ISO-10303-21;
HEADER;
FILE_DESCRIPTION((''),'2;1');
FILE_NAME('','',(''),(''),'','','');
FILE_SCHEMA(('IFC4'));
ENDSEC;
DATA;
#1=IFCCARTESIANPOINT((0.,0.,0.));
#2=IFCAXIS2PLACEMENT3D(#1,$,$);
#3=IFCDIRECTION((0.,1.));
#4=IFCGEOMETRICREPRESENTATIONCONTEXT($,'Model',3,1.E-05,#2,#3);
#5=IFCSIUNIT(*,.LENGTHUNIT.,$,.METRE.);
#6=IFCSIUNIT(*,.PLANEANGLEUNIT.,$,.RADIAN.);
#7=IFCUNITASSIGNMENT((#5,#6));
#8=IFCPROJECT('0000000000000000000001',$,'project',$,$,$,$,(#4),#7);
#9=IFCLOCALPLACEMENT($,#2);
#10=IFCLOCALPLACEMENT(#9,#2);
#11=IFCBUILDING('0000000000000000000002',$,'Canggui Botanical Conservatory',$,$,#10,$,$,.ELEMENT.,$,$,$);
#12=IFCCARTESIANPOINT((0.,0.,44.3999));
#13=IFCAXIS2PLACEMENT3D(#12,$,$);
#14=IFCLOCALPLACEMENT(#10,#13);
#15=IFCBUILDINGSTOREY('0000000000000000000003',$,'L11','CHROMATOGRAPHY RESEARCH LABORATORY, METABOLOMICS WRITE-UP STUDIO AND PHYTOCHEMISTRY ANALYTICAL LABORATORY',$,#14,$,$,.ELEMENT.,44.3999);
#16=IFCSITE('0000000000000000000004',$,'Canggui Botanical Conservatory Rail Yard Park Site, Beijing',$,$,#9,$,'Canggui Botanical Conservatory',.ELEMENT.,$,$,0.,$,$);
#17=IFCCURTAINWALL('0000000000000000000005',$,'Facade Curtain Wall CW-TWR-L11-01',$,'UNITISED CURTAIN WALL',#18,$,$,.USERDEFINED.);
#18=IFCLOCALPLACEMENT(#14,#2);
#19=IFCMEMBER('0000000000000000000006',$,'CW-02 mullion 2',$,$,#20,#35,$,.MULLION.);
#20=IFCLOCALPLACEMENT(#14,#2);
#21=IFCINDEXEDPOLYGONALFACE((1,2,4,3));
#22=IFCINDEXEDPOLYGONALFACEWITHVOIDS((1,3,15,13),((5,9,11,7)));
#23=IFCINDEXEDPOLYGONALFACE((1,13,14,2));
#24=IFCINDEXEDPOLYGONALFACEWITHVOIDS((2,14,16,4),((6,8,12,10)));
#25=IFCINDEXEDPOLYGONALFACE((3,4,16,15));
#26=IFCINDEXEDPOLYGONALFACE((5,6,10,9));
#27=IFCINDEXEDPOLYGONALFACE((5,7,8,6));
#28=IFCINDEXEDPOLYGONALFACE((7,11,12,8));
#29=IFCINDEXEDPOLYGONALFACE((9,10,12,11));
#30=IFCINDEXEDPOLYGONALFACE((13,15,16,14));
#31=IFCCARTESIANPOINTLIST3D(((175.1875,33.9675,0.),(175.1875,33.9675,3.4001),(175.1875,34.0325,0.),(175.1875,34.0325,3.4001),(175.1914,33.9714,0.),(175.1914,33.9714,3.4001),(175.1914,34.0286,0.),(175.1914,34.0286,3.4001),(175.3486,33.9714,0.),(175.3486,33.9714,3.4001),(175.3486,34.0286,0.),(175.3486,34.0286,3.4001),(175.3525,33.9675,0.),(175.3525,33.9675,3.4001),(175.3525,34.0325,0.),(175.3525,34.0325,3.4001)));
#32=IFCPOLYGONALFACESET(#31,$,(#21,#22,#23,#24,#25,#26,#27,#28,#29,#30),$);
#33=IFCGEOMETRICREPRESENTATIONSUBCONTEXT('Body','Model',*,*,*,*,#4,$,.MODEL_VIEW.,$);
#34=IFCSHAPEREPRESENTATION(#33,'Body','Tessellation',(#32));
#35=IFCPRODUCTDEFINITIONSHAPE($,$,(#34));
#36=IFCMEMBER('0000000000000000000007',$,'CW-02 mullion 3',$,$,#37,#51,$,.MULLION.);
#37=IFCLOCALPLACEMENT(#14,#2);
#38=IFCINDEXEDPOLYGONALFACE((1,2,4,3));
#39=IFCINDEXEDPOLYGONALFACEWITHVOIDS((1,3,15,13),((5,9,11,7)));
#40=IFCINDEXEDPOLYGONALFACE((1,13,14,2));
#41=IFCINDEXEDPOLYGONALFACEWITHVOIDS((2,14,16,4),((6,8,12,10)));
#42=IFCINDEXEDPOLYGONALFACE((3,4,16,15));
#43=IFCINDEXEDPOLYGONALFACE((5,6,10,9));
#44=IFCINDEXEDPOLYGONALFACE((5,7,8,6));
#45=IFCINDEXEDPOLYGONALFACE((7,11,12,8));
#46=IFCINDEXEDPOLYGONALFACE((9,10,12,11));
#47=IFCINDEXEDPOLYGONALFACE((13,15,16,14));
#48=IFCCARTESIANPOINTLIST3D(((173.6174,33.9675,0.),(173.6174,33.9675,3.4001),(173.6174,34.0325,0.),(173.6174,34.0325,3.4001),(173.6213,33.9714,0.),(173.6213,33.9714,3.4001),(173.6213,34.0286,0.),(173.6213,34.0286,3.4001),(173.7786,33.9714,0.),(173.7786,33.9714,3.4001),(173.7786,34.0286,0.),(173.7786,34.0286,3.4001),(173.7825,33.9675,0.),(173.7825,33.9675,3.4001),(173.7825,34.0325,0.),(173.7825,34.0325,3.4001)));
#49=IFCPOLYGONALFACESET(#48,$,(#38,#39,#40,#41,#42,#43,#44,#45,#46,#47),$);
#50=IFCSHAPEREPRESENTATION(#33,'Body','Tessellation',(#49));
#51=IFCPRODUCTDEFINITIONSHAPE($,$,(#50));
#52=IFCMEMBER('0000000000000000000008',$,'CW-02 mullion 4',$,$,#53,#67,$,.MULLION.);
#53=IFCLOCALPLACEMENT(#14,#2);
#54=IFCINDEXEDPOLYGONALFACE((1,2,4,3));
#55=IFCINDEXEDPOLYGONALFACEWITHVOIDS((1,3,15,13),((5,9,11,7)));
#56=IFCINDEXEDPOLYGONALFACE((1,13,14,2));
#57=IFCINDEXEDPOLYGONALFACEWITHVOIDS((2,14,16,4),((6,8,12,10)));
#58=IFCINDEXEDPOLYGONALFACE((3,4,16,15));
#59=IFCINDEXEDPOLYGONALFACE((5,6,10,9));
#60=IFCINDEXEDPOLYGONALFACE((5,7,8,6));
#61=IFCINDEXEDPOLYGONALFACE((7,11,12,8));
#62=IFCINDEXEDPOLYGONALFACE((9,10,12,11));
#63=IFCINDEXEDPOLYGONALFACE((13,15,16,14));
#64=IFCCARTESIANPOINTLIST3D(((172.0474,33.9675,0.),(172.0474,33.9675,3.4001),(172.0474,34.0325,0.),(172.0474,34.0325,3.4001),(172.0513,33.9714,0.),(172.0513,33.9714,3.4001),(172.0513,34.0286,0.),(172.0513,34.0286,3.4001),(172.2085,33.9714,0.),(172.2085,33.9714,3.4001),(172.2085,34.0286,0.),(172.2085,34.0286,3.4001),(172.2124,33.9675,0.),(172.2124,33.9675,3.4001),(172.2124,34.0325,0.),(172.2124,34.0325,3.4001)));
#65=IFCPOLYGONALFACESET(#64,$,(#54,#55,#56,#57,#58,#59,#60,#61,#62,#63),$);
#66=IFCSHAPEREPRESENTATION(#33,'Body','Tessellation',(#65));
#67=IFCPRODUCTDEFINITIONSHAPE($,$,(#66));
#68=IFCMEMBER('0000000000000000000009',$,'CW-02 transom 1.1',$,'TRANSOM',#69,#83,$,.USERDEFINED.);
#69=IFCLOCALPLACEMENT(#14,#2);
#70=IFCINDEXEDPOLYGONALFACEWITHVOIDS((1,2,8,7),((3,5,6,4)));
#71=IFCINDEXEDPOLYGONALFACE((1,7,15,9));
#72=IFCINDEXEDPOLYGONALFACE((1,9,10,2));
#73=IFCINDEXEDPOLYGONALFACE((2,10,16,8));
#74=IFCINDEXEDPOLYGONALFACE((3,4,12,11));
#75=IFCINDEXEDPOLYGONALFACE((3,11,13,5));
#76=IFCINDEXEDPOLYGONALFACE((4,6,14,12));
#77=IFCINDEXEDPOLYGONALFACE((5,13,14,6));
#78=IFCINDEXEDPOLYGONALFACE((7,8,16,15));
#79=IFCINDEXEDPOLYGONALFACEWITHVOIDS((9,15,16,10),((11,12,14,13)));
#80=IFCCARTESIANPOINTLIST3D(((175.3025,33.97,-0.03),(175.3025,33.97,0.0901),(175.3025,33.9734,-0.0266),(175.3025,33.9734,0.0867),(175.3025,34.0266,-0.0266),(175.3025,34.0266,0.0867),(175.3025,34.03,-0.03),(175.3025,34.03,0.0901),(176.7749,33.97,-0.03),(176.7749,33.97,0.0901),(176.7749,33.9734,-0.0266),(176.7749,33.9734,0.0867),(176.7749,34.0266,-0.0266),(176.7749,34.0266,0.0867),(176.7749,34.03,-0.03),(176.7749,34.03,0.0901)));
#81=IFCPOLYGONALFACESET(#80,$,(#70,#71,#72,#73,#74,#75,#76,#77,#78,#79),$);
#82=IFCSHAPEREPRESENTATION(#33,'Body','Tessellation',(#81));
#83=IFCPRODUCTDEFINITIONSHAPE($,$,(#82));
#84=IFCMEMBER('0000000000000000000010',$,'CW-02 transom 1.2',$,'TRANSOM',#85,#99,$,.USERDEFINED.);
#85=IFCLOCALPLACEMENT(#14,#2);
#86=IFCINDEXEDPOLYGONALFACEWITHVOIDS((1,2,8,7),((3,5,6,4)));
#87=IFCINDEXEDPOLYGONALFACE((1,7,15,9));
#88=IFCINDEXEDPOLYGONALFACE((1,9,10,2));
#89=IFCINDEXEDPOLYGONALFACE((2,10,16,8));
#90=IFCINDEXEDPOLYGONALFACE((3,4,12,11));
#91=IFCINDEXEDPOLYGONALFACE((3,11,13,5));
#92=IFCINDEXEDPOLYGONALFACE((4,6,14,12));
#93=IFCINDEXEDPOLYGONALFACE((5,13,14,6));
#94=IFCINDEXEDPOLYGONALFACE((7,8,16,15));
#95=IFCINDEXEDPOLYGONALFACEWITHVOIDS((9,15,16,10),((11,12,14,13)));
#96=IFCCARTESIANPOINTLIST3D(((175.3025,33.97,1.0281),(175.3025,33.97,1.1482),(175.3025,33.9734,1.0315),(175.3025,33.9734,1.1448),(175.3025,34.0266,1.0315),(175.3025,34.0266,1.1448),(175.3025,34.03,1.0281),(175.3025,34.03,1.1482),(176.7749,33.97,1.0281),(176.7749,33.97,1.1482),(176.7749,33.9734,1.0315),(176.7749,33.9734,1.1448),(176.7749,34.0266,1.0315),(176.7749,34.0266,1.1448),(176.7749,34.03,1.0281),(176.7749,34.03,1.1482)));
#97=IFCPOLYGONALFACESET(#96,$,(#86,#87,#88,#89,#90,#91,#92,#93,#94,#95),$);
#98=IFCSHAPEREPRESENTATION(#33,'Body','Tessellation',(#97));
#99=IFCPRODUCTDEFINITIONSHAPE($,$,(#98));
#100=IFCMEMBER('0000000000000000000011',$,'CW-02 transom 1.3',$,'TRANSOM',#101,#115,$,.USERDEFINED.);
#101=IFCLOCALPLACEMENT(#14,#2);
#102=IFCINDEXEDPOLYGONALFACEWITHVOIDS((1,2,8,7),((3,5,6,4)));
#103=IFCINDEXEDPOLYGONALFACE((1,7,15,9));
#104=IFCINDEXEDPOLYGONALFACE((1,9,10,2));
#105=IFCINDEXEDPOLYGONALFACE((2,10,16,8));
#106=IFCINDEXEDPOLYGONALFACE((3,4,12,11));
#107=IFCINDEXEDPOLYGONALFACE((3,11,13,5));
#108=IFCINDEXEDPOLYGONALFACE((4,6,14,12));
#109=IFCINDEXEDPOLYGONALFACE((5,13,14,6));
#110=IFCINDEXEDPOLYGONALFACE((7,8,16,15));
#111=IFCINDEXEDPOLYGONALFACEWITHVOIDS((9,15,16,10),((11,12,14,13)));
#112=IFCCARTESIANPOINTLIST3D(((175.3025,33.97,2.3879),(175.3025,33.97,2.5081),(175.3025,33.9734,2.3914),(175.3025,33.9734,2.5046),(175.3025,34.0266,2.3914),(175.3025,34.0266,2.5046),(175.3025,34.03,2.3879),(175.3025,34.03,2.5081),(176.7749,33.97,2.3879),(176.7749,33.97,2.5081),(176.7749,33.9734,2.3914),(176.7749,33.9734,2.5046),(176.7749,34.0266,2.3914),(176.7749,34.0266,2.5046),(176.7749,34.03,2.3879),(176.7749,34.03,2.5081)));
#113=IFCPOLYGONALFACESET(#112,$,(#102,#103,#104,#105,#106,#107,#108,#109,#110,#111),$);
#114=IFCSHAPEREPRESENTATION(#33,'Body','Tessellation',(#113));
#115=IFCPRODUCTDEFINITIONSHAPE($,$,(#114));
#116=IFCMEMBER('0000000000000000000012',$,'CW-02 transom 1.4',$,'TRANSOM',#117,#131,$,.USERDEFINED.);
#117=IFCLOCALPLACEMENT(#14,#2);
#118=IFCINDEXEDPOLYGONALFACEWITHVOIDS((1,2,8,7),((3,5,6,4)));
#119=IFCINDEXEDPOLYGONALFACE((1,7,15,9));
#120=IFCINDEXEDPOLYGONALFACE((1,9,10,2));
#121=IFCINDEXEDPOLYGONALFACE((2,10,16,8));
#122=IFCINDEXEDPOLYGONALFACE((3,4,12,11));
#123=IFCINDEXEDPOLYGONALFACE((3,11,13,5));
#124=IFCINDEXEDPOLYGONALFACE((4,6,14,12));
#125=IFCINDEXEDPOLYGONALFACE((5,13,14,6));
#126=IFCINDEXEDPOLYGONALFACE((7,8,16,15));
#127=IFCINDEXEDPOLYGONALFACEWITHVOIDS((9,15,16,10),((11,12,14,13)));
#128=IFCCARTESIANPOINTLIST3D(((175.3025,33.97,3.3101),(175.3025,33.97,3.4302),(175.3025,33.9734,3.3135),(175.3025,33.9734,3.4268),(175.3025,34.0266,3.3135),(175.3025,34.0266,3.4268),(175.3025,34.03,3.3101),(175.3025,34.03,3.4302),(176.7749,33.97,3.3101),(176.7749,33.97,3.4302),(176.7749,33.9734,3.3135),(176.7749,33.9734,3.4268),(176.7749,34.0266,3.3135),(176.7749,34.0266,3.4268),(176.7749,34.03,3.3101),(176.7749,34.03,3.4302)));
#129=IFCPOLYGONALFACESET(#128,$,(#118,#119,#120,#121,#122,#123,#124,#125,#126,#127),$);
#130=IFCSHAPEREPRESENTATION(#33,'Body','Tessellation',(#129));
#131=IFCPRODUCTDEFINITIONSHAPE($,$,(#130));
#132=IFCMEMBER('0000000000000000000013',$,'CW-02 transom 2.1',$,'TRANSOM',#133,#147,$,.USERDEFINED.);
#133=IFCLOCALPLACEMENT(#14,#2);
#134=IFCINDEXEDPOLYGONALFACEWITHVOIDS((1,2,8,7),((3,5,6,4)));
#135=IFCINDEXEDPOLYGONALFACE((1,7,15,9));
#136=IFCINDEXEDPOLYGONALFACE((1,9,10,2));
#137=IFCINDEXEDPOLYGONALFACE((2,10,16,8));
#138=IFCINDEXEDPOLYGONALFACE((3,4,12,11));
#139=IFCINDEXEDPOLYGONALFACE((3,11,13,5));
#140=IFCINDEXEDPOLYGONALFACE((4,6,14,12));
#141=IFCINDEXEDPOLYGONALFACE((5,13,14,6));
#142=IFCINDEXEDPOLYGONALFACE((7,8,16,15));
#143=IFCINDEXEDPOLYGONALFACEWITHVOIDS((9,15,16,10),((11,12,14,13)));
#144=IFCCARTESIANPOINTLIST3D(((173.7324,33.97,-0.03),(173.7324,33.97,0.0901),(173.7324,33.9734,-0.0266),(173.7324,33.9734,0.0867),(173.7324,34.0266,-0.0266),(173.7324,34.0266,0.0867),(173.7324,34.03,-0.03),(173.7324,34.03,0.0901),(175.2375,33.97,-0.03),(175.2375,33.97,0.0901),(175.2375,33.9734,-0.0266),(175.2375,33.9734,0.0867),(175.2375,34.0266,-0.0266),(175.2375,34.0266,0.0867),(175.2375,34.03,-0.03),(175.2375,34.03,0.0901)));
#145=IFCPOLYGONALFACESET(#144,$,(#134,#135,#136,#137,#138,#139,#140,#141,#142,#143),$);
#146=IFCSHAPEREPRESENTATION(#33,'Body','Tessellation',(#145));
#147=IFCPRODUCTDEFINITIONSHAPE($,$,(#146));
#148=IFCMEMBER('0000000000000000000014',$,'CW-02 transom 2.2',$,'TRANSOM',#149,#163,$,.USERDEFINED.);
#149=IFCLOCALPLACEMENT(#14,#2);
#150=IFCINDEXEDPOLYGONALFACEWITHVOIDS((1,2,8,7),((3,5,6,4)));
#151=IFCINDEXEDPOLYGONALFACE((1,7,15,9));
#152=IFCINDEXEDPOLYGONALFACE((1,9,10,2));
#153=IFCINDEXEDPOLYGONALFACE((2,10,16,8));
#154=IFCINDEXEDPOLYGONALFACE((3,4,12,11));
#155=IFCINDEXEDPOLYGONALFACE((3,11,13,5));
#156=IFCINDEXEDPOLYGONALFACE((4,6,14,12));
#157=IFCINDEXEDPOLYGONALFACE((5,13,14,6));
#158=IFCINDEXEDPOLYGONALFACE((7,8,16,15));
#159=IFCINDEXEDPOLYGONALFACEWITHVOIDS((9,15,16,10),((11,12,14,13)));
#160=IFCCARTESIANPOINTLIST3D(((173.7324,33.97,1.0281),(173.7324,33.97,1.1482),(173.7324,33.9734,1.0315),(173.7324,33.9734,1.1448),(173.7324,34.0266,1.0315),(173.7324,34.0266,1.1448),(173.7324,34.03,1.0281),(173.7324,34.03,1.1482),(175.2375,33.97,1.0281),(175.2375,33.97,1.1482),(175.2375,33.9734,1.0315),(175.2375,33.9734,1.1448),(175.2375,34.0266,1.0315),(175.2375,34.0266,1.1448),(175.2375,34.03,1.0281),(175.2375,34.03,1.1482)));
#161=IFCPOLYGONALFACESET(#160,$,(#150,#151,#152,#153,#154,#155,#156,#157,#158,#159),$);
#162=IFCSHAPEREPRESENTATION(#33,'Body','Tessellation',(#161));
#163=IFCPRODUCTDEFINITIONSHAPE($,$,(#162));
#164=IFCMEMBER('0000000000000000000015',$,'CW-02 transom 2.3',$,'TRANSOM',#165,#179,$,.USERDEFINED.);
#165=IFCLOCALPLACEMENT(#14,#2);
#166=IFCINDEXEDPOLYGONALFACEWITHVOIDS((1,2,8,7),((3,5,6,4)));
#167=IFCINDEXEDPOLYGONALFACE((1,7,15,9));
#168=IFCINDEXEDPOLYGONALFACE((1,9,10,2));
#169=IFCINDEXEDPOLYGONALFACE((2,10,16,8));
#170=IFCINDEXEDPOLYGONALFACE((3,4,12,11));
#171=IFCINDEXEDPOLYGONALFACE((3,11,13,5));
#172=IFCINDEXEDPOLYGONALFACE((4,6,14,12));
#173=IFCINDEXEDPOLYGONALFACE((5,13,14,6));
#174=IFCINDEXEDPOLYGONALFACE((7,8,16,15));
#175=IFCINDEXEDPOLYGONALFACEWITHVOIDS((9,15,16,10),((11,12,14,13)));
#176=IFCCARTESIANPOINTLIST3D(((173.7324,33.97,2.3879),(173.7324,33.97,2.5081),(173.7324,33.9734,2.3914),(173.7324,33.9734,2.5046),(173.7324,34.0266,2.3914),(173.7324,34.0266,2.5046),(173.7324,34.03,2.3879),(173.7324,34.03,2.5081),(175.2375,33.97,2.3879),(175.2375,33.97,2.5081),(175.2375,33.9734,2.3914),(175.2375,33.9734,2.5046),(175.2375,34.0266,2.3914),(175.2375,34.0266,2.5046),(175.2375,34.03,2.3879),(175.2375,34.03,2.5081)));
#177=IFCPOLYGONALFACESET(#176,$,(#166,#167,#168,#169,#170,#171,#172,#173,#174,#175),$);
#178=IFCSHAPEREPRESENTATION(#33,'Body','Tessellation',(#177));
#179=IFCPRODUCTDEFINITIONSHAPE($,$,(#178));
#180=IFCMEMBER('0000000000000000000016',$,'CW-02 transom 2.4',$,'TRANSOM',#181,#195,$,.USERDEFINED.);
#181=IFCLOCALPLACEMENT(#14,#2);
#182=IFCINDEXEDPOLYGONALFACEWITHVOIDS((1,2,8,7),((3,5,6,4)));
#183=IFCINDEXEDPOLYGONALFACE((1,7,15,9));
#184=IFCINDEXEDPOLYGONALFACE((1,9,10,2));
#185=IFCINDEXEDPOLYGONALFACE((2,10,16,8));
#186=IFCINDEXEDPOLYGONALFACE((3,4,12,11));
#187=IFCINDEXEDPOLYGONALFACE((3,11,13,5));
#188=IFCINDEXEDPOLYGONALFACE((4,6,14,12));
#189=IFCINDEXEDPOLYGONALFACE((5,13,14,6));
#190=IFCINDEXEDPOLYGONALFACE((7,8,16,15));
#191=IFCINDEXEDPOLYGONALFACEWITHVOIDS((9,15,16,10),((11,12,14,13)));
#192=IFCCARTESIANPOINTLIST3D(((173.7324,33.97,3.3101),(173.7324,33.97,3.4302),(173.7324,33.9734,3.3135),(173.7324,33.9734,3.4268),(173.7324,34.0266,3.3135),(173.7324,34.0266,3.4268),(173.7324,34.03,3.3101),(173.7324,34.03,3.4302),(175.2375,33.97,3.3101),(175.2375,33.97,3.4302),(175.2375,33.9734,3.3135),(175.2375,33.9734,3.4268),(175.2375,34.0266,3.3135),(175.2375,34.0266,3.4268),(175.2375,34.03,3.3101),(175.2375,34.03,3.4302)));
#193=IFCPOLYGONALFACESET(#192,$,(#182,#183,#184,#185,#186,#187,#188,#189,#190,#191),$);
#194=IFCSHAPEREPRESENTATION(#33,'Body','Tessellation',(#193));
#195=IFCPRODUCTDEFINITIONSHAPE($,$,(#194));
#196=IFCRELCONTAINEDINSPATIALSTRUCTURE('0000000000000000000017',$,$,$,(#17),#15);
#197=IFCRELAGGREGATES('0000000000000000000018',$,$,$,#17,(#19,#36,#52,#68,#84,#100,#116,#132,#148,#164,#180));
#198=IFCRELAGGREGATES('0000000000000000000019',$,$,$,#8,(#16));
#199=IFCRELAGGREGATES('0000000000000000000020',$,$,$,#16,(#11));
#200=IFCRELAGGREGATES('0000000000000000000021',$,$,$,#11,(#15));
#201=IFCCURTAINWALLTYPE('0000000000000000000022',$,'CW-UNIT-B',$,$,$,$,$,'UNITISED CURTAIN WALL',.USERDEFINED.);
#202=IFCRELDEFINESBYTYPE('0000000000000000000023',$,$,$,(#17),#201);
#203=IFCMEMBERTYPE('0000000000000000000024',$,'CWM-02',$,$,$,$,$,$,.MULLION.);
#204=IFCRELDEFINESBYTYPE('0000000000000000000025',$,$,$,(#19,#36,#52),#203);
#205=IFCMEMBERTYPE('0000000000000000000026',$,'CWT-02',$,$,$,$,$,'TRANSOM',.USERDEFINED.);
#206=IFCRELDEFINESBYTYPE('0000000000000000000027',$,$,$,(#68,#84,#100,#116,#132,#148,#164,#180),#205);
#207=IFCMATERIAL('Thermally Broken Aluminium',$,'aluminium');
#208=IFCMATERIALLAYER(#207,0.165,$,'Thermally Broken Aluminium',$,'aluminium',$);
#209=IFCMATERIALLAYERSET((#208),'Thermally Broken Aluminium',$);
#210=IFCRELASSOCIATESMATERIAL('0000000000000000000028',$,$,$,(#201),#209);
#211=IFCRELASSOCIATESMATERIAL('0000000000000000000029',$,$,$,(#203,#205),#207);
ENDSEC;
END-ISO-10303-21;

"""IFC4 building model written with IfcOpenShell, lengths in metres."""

from ifc_helpers import new_model, si_unit, direction, frame, origin, origin_2d, place, context, subcontext, project, spatial, hollow_rectangle, extrude, material, layer, layer_set, material_profile, profile_set, type_object, element, aggregate, save


model = new_model("IFC4")

# Units and contexts
model_context = context("Model", 3, precision=1e-05, world=origin(), true_north=direction((0.0, 1.0)))
body_context = subcontext(model_context, "Body", "Model", "MODEL_VIEW")
ifc_project = project(units=[si_unit("LENGTHUNIT", "METRE"), si_unit("PLANEANGLEUNIT", "RADIAN")], contexts=[model_context])

# Site, building, storey
site_placement = place(None, origin())
site = spatial("IfcSite", under=ifc_project, at=site_placement, Name="Canggui Botanical Conservatory Rail Yard Park Site, Beijing", LongName="Canggui Botanical Conservatory", CompositionType="ELEMENT", RefElevation=0.0)
building_placement = place(site_placement, origin())
building = spatial("IfcBuilding", under=site, at=building_placement, Name="Canggui Botanical Conservatory", CompositionType="ELEMENT")
storey_placement = place(building_placement, frame((0.0, 0.0, 44.3999)))
storey = spatial("IfcBuildingStorey", under=building, at=storey_placement, Name="L11", Description="CHROMATOGRAPHY RESEARCH LABORATORY, METABOLOMICS WRITE-UP STUDIO AND PHYTOCHEMISTRY ANALYTICAL LABORATORY", CompositionType="ELEMENT", Elevation=44.3999)

# Curtain wall, members
ifc_material_1 = material(Name="Thermally Broken Aluminium", Category="aluminium")
ifc_layer_1 = layer(ifc_material_1, 0.165, Name="Thermally Broken Aluminium", Category="aluminium")
ifc_layer_set_1 = layer_set([ifc_layer_1], Name="Thermally Broken Aluminium")
curtain_wall_type = type_object("IfcCurtainWallType", Name="CW-UNIT-B", ElementType="UNITISED CURTAIN WALL", PredefinedType="USERDEFINED", material=ifc_layer_set_1)
curtain_wall_placement = place(storey_placement, origin())
curtain_wall = element("IfcCurtainWall", 1, at=curtain_wall_placement, inside=storey, type_object=curtain_wall_type, Name="Facade Curtain Wall CW-TWR-L11-01", ObjectType="UNITISED CURTAIN WALL", PredefinedType="USERDEFINED")
ifc_material_profile_1 = material_profile(ifc_material_1, hollow_rectangle(XDim=0.0649, YDim=0.165, WallThickness=0.0039, at=origin_2d()), Name="CWM 65x165x4")
ifc_profile_set_1 = profile_set([ifc_material_profile_1], Name="Thermally Broken Aluminium")
member_type_1 = type_object("IfcMemberType", Name="CWM-02", PredefinedType="MULLION", material=ifc_profile_set_1)
member_1_placement = place(storey_placement, frame((175.27, 34.0, 0.0), z_axis=(0.0, 0.0, 1.0), x_axis=(0.0, -1.0, 0.0)))
member_1 = element("IfcMember", 2, at=member_1_placement, type_object=member_type_1, Name="CW-02 mullion 2", PredefinedType="MULLION", context=body_context, shape_type="SweptSolid", body=[
    extrude(hollow_rectangle(XDim=0.0649, YDim=0.165, WallThickness=0.0039, at=origin_2d()), origin(), (0.0, 0.0, 1.0), 3.4001),
])
member_2_placement = place(storey_placement, frame((173.7, 34.0, 0.0), z_axis=(0.0, 0.0, 1.0), x_axis=(0.0, -1.0, 0.0)))
member_2 = element("IfcMember", 3, at=member_2_placement, type_object=member_type_1, Name="CW-02 mullion 3", PredefinedType="MULLION", context=body_context, shape_type="SweptSolid", body=[
    extrude(hollow_rectangle(XDim=0.0649, YDim=0.165, WallThickness=0.0039, at=origin_2d()), origin(), (0.0, 0.0, 1.0), 3.4001),
])
member_3_placement = place(storey_placement, frame((172.1299, 34.0, 0.0), z_axis=(0.0, 0.0, 1.0), x_axis=(0.0, -1.0, 0.0)))
member_3 = element("IfcMember", 4, at=member_3_placement, type_object=member_type_1, Name="CW-02 mullion 4", PredefinedType="MULLION", context=body_context, shape_type="SweptSolid", body=[
    extrude(hollow_rectangle(XDim=0.0649, YDim=0.165, WallThickness=0.0039, at=origin_2d()), origin(), (0.0, 0.0, 1.0), 3.4001),
])
ifc_material_profile_2 = material_profile(ifc_material_1, hollow_rectangle(XDim=0.0601, YDim=0.1201, WallThickness=0.0034, at=origin_2d()), Name="CWT 60x120x3.5")
ifc_profile_set_2 = profile_set([ifc_material_profile_2], Name="Thermally Broken Aluminium")
member_type_2 = type_object("IfcMemberType", Name="CWT-02", ElementType="TRANSOM", PredefinedType="USERDEFINED", material=ifc_profile_set_2)
member_4_placement = place(storey_placement, frame((176.7749, 34.0, 0.03), z_axis=(-1.0, 0.0, 0.0), x_axis=(0.0, -1.0, 0.0)))
member_4 = element("IfcMember", 5, at=member_4_placement, type_object=member_type_2, Name="CW-02 transom 1.1", ObjectType="TRANSOM", PredefinedType="USERDEFINED", context=body_context, shape_type="SweptSolid", body=[
    extrude(hollow_rectangle(XDim=0.0601, YDim=0.1201, WallThickness=0.0034, at=origin_2d()), origin(), (0.0, 0.0, 1.0), 1.4724),
])
member_5_placement = place(storey_placement, frame((176.7749, 34.0, 1.0881), z_axis=(-1.0, 0.0, 0.0), x_axis=(0.0, -1.0, 0.0)))
member_5 = element("IfcMember", 6, at=member_5_placement, type_object=member_type_2, Name="CW-02 transom 1.2", ObjectType="TRANSOM", PredefinedType="USERDEFINED", context=body_context, shape_type="SweptSolid", body=[
    extrude(hollow_rectangle(XDim=0.0601, YDim=0.1201, WallThickness=0.0034, at=origin_2d()), origin(), (0.0, 0.0, 1.0), 1.4724),
])
member_6_placement = place(storey_placement, frame((176.7749, 34.0, 2.448), z_axis=(-1.0, 0.0, 0.0), x_axis=(0.0, -1.0, 0.0)))
member_6 = element("IfcMember", 7, at=member_6_placement, type_object=member_type_2, Name="CW-02 transom 1.3", ObjectType="TRANSOM", PredefinedType="USERDEFINED", context=body_context, shape_type="SweptSolid", body=[
    extrude(hollow_rectangle(XDim=0.0601, YDim=0.1201, WallThickness=0.0034, at=origin_2d()), origin(), (0.0, 0.0, 1.0), 1.4724),
])
member_7_placement = place(storey_placement, frame((176.7749, 34.0, 3.3701), z_axis=(-1.0, 0.0, 0.0), x_axis=(0.0, -1.0, 0.0)))
member_7 = element("IfcMember", 8, at=member_7_placement, type_object=member_type_2, Name="CW-02 transom 1.4", ObjectType="TRANSOM", PredefinedType="USERDEFINED", context=body_context, shape_type="SweptSolid", body=[
    extrude(hollow_rectangle(XDim=0.0601, YDim=0.1201, WallThickness=0.0034, at=origin_2d()), origin(), (0.0, 0.0, 1.0), 1.4724),
])
member_8_placement = place(storey_placement, frame((175.2375, 34.0, 0.03), z_axis=(-1.0, 0.0, 0.0), x_axis=(0.0, -1.0, 0.0)))
member_8 = element("IfcMember", 9, at=member_8_placement, type_object=member_type_2, Name="CW-02 transom 2.1", ObjectType="TRANSOM", PredefinedType="USERDEFINED", context=body_context, shape_type="SweptSolid", body=[
    extrude(hollow_rectangle(XDim=0.0601, YDim=0.1201, WallThickness=0.0034, at=origin_2d()), origin(), (0.0, 0.0, 1.0), 1.5051),
])
member_9_placement = place(storey_placement, frame((175.2375, 34.0, 1.0881), z_axis=(-1.0, 0.0, 0.0), x_axis=(0.0, -1.0, 0.0)))
member_9 = element("IfcMember", 10, at=member_9_placement, type_object=member_type_2, Name="CW-02 transom 2.2", ObjectType="TRANSOM", PredefinedType="USERDEFINED", context=body_context, shape_type="SweptSolid", body=[
    extrude(hollow_rectangle(XDim=0.0601, YDim=0.1201, WallThickness=0.0034, at=origin_2d()), origin(), (0.0, 0.0, 1.0), 1.5051),
])
member_10_placement = place(storey_placement, frame((175.2375, 34.0, 2.448), z_axis=(-1.0, 0.0, 0.0), x_axis=(0.0, -1.0, 0.0)))
member_10 = element("IfcMember", 11, at=member_10_placement, type_object=member_type_2, Name="CW-02 transom 2.3", ObjectType="TRANSOM", PredefinedType="USERDEFINED", context=body_context, shape_type="SweptSolid", body=[
    extrude(hollow_rectangle(XDim=0.0601, YDim=0.1201, WallThickness=0.0034, at=origin_2d()), origin(), (0.0, 0.0, 1.0), 1.5051),
])
member_11_placement = place(storey_placement, frame((175.2375, 34.0, 3.3701), z_axis=(-1.0, 0.0, 0.0), x_axis=(0.0, -1.0, 0.0)))
member_11 = element("IfcMember", 12, at=member_11_placement, type_object=member_type_2, Name="CW-02 transom 2.4", ObjectType="TRANSOM", PredefinedType="USERDEFINED", context=body_context, shape_type="SweptSolid", body=[
    extrude(hollow_rectangle(XDim=0.0601, YDim=0.1201, WallThickness=0.0034, at=origin_2d()), origin(), (0.0, 0.0, 1.0), 1.5051),
])
aggregate(curtain_wall, [member_1, member_2, member_3, member_4, member_5, member_6, member_7, member_8, member_9, member_10, member_11])

save(model, "model.ifc")
